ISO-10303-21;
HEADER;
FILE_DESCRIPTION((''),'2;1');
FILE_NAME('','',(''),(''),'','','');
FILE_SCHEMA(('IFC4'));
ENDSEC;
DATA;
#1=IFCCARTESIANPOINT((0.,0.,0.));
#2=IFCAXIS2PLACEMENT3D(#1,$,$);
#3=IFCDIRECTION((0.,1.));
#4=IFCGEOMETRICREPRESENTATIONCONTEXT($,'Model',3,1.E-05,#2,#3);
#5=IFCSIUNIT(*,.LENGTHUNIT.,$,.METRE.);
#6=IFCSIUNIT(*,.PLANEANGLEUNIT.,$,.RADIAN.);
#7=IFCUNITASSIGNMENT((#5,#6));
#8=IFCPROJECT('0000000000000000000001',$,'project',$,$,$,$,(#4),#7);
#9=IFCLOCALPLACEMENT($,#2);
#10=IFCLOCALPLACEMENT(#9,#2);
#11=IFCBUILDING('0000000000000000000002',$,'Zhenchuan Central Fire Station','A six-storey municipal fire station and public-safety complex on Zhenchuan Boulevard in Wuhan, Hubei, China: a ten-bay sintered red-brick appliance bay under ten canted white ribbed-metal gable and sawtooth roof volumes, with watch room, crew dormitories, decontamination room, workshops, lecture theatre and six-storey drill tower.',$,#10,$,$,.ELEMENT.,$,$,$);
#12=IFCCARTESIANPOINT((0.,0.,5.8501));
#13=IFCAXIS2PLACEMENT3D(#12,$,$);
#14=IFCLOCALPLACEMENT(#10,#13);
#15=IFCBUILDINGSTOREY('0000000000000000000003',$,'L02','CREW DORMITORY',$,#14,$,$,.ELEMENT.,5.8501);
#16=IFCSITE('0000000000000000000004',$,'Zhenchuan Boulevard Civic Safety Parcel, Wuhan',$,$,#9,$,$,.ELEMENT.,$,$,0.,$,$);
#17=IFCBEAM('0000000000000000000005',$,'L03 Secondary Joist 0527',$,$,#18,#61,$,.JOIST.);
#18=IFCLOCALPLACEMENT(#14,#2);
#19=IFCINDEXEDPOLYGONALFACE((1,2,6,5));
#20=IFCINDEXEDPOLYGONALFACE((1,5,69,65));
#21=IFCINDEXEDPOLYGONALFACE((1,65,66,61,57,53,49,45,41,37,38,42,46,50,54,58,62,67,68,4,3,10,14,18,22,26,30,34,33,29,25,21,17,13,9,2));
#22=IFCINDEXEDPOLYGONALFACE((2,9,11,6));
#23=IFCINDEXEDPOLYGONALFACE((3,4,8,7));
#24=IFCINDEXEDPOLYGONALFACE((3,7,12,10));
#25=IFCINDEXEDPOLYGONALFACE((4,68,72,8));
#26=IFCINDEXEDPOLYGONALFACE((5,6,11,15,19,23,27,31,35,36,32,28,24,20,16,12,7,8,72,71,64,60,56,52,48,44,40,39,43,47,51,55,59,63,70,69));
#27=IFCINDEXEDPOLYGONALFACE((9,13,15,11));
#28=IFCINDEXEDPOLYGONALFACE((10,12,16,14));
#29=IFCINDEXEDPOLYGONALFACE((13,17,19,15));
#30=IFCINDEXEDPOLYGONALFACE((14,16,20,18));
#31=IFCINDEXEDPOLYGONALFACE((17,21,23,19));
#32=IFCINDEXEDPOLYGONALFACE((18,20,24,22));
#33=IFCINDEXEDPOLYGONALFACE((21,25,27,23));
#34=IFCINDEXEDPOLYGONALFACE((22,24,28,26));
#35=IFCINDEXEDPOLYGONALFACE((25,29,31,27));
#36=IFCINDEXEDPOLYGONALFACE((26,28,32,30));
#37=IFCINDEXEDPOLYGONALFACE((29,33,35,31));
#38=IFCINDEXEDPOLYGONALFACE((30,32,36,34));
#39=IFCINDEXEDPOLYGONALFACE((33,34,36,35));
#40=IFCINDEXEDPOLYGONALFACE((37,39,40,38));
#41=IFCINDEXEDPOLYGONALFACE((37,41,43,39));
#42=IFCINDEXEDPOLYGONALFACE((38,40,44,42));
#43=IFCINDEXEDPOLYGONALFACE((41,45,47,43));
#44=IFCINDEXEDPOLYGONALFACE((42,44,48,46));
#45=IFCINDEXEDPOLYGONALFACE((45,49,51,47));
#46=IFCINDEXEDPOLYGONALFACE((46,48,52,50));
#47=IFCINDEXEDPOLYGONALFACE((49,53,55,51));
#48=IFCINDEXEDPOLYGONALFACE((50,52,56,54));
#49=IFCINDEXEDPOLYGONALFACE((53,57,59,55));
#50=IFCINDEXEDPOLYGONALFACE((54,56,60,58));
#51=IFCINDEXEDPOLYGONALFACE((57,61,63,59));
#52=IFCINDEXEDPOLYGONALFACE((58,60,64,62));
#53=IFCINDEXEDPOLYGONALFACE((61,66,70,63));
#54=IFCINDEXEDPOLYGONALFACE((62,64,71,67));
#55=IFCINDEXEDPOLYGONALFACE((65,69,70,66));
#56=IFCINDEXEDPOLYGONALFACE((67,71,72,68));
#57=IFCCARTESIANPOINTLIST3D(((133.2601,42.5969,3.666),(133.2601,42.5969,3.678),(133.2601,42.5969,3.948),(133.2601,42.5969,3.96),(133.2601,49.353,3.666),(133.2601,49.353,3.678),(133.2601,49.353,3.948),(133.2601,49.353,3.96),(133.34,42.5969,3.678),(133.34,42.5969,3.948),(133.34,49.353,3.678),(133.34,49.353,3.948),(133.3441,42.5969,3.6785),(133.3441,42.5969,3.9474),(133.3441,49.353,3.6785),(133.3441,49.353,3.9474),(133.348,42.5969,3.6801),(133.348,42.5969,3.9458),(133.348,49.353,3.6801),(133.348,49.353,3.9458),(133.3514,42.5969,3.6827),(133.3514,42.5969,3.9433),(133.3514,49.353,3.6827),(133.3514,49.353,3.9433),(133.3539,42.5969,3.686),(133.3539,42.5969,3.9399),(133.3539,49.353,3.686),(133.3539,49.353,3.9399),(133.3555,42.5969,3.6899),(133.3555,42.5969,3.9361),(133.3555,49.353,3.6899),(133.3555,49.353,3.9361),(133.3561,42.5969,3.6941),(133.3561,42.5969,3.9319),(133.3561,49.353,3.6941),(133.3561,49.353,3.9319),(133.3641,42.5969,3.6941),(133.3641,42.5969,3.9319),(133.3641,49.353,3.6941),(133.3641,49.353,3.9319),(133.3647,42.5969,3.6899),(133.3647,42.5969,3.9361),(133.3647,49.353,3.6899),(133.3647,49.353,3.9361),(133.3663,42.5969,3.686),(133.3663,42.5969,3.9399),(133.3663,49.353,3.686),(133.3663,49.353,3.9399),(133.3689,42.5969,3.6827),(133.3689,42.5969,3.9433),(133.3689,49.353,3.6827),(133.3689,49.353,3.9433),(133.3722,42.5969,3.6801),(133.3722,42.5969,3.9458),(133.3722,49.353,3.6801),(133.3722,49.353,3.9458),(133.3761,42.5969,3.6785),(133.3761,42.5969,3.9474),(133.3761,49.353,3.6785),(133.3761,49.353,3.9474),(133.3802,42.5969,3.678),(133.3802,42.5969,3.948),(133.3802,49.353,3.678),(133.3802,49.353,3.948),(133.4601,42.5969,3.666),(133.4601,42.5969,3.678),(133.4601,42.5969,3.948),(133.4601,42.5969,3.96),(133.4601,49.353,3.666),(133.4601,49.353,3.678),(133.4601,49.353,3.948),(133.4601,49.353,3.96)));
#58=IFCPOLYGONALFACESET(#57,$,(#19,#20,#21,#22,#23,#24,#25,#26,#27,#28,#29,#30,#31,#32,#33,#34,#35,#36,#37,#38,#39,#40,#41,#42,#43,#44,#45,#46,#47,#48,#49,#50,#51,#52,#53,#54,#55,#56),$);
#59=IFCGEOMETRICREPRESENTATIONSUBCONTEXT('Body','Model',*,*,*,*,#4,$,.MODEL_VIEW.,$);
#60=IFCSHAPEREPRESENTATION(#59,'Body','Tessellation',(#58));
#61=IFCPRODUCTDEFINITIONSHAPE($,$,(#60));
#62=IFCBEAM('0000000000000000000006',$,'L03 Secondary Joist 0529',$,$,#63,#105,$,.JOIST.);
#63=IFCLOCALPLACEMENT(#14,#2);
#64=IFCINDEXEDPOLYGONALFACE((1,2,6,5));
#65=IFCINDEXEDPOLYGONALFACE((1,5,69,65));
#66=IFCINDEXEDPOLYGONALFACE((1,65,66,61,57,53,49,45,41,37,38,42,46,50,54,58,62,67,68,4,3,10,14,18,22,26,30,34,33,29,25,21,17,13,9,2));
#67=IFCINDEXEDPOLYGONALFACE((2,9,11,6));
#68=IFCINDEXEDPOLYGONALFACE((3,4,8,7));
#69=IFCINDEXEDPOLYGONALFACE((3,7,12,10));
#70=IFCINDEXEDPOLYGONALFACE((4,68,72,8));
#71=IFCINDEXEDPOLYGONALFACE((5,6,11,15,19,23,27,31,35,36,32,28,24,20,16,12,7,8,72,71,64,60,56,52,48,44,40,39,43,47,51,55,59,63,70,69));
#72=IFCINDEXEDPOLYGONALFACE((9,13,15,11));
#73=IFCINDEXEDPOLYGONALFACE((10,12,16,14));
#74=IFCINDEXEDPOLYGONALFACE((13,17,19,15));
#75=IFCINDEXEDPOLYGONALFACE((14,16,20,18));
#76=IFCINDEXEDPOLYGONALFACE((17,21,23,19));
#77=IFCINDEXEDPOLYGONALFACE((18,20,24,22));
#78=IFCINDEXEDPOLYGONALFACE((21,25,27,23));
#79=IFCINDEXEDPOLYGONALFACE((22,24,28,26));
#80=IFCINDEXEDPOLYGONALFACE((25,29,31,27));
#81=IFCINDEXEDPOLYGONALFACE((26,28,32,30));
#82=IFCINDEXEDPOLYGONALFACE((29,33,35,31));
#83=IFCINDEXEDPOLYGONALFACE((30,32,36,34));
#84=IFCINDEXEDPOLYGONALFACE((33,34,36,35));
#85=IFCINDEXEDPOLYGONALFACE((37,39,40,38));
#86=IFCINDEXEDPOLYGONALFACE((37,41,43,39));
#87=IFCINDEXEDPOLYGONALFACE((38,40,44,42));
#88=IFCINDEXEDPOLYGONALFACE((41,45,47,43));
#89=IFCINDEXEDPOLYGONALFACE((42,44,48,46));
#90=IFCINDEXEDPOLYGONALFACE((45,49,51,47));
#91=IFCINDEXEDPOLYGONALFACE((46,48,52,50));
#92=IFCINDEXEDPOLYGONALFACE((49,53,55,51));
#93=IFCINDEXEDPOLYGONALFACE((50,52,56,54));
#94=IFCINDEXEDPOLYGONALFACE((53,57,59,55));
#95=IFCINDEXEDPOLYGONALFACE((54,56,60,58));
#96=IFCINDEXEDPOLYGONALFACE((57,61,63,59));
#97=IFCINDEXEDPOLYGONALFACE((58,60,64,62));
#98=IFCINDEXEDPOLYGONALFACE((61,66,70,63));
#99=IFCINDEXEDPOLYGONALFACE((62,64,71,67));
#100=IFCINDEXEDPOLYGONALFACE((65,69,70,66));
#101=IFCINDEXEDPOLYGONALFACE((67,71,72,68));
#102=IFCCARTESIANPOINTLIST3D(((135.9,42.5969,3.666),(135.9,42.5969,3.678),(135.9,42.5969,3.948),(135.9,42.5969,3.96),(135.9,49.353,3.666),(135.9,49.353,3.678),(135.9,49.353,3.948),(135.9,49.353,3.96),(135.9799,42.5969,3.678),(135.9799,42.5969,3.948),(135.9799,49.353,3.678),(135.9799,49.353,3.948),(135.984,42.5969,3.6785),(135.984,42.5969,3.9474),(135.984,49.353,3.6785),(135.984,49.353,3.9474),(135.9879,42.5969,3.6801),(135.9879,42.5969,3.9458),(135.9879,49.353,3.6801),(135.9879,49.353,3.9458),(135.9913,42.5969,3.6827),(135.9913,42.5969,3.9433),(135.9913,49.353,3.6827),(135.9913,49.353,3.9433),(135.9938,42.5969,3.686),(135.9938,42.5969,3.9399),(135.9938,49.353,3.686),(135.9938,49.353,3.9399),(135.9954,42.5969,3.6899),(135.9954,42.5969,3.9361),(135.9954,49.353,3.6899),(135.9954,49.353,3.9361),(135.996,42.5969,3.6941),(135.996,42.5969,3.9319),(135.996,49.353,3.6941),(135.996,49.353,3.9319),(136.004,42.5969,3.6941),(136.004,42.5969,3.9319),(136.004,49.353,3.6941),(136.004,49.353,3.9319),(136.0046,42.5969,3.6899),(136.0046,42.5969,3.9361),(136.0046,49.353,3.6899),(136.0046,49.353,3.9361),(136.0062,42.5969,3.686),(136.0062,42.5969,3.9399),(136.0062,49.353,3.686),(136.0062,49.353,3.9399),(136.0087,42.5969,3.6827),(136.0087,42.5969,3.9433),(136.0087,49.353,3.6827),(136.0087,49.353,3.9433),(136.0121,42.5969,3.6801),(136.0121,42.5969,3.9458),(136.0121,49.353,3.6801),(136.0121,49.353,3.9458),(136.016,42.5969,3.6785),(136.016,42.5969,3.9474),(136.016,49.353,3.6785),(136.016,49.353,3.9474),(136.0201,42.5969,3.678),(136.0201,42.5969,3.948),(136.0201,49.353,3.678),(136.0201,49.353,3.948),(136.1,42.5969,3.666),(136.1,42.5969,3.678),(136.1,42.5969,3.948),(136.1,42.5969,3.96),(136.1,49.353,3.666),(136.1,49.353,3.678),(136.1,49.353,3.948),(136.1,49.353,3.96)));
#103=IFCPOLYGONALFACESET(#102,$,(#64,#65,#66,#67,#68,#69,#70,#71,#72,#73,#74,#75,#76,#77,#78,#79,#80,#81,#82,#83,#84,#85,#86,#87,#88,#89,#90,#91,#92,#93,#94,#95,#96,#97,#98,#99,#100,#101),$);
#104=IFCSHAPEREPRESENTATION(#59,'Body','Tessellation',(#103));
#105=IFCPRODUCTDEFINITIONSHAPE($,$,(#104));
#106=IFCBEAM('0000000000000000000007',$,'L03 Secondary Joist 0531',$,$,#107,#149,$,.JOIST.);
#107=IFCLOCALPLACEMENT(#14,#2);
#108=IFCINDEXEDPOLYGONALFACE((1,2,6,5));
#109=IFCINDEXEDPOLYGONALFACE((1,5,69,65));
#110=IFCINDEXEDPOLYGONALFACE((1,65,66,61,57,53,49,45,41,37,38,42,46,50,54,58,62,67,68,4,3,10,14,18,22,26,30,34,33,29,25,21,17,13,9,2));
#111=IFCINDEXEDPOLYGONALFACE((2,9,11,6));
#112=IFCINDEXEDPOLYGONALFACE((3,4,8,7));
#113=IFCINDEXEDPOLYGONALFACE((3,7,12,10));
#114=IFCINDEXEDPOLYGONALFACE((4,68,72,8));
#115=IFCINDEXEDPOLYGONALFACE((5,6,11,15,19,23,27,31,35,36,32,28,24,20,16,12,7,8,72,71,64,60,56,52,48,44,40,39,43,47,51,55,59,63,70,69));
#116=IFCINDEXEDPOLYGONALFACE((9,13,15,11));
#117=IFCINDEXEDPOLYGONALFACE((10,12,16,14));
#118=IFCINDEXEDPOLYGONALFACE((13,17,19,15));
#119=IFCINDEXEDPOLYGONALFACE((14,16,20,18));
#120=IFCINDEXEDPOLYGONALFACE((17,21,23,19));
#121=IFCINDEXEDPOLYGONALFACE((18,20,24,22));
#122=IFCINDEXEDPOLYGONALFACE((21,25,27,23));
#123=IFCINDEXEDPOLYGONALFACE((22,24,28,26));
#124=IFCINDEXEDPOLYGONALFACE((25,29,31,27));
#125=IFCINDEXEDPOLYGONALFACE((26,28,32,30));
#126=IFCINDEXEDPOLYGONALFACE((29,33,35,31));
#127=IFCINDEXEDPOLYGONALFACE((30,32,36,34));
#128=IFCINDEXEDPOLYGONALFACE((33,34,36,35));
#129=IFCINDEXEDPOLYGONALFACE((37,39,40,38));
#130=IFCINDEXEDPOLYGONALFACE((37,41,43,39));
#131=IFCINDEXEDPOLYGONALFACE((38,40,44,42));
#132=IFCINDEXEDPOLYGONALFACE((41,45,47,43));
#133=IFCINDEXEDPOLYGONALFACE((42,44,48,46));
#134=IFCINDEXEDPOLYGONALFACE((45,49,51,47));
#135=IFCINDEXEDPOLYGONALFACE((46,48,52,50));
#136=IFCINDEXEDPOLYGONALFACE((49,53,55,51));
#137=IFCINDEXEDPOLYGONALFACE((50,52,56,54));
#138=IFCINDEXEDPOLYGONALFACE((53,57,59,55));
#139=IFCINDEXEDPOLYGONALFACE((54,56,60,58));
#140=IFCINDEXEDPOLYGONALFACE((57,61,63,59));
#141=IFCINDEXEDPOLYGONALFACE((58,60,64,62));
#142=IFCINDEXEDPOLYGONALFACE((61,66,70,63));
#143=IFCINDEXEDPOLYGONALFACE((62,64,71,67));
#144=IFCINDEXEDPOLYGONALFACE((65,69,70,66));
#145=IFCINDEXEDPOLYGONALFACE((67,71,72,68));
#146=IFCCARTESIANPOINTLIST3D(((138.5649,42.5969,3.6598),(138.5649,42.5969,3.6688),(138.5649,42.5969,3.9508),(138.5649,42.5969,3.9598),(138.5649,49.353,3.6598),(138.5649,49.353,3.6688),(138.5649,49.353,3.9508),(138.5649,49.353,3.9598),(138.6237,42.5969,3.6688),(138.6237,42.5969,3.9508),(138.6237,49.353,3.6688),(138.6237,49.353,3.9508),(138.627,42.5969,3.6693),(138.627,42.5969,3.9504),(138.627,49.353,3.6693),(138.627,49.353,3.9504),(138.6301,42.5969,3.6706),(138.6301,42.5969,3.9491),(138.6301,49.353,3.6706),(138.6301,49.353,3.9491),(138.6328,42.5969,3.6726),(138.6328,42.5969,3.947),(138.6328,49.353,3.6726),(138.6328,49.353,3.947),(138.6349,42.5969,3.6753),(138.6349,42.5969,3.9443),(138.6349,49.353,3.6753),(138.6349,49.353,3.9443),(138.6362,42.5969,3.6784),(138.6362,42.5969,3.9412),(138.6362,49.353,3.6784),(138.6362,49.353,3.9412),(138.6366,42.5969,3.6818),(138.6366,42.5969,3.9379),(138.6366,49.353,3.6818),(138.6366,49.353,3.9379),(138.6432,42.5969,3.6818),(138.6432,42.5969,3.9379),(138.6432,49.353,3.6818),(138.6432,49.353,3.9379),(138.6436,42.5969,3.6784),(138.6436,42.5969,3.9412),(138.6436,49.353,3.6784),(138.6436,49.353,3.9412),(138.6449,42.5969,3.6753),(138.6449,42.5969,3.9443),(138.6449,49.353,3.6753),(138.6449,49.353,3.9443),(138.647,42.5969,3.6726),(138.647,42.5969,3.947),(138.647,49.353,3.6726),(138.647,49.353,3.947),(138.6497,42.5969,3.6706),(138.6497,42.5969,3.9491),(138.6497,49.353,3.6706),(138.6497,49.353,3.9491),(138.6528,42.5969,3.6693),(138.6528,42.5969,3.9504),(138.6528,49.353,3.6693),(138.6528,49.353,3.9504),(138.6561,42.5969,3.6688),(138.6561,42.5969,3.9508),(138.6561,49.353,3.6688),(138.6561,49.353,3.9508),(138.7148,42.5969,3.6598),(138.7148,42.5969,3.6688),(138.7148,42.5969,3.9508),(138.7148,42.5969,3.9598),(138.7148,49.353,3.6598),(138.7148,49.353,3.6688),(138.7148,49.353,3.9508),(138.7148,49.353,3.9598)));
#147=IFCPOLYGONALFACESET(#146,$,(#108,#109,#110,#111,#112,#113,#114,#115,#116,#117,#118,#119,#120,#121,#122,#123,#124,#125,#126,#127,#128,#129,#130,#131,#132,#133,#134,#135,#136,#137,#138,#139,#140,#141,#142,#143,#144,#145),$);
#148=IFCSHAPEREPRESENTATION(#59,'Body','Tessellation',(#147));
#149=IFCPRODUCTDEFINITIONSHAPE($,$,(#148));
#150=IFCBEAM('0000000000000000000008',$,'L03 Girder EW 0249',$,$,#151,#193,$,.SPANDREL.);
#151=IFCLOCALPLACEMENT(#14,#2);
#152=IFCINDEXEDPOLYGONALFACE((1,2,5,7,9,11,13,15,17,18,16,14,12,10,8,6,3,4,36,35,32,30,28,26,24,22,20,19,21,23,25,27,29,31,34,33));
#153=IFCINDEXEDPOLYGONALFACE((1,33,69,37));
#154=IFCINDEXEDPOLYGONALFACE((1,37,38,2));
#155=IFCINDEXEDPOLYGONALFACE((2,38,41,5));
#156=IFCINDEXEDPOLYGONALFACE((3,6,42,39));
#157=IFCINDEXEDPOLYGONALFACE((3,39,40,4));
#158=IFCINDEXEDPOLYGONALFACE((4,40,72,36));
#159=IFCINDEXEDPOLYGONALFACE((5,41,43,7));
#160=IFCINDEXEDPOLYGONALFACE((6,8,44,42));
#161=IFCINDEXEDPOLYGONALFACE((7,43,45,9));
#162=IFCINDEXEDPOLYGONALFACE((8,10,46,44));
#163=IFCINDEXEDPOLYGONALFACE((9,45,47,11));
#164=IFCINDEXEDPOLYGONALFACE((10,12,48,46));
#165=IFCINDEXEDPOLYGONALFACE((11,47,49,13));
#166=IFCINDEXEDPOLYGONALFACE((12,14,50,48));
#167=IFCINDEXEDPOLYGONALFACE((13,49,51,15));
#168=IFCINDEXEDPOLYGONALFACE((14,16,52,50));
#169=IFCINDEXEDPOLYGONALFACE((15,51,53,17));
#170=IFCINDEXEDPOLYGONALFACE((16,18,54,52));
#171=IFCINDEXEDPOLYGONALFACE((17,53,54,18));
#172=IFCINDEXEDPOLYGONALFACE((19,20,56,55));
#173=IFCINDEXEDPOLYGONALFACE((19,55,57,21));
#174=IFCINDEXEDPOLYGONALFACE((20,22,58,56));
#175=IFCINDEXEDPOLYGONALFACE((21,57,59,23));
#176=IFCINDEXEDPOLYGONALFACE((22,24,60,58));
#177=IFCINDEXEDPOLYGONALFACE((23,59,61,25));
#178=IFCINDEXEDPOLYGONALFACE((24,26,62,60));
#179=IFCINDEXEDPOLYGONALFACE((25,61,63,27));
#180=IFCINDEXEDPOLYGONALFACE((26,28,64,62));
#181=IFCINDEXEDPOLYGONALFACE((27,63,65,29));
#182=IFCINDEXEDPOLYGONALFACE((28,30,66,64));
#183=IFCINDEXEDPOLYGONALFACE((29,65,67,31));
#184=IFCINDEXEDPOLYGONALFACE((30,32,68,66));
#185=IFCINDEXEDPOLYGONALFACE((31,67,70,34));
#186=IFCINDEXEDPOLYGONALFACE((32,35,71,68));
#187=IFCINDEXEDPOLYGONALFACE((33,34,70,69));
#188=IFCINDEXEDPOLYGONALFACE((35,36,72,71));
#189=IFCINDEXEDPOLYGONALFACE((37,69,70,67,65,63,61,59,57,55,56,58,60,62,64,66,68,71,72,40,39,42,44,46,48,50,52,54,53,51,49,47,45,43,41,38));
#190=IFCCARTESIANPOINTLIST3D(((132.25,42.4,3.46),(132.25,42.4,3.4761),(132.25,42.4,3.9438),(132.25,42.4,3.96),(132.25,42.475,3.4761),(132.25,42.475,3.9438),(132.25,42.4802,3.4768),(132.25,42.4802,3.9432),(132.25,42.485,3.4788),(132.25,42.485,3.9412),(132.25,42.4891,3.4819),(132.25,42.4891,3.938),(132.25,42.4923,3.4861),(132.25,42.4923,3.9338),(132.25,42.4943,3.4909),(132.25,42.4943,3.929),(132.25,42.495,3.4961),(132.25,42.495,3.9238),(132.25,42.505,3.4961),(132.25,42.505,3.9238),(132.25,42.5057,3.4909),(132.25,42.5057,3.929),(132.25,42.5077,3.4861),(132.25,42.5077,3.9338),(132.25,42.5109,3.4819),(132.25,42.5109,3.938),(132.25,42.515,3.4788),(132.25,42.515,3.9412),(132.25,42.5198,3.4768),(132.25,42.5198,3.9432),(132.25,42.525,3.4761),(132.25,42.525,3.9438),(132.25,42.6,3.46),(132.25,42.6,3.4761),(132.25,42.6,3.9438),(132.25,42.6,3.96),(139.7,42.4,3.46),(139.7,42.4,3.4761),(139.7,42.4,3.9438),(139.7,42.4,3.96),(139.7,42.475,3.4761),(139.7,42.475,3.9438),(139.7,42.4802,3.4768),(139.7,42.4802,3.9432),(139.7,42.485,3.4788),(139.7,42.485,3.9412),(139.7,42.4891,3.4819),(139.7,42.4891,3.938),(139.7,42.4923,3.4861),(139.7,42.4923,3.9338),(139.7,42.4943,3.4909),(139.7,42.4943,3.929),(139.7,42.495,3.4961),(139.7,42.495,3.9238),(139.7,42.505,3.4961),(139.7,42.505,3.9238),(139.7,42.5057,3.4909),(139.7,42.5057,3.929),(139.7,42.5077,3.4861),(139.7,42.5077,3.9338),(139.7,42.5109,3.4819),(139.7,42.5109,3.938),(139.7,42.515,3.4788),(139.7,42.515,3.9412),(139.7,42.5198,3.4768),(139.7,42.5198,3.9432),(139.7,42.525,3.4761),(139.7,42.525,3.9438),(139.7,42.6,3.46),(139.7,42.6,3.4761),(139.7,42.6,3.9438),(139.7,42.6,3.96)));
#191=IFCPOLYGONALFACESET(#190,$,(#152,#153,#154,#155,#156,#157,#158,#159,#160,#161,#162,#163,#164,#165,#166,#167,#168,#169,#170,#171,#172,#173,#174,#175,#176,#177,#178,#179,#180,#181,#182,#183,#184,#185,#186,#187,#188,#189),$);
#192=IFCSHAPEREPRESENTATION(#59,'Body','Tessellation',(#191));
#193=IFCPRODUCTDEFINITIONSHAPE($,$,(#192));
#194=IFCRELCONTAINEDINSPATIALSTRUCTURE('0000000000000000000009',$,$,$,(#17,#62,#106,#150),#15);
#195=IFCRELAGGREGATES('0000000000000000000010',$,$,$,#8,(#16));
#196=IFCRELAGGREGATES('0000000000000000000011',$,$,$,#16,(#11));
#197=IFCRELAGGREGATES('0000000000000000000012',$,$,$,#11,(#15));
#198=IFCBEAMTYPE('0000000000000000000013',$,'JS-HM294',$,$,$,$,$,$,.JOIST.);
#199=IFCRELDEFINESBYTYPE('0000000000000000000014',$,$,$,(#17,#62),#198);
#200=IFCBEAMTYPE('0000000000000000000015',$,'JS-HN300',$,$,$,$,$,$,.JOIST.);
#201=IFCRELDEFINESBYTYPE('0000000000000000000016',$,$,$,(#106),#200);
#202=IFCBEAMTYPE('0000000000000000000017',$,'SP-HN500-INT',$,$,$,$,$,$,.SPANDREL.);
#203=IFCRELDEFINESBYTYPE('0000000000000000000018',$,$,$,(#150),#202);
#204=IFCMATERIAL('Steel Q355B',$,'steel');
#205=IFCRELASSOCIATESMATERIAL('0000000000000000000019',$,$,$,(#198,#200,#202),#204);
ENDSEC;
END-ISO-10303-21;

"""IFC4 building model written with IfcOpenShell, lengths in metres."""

from ifc_helpers import new_model, si_unit, direction, frame, origin, origin_2d, place, context, subcontext, project, spatial, i_section, extrude, material, material_profile, profile_set, type_object, element, save


model = new_model("IFC4")

# Units and contexts
model_context = context("Model", 3, precision=1e-05, world=origin(), true_north=direction((0.0, 1.0)))
body_context = subcontext(model_context, "Body", "Model", "MODEL_VIEW")
ifc_project = project(units=[si_unit("LENGTHUNIT", "METRE"), si_unit("PLANEANGLEUNIT", "RADIAN")], contexts=[model_context])

# Site, building, storey
site_placement = place(None, origin())
site = spatial("IfcSite", under=ifc_project, at=site_placement, Name="Zhenchuan Boulevard Civic Safety Parcel, Wuhan", CompositionType="ELEMENT", RefElevation=0.0)
building_placement = place(site_placement, origin())
building = spatial("IfcBuilding", under=site, at=building_placement, Name="Zhenchuan Central Fire Station", Description="A six-storey municipal fire station and public-safety complex on Zhenchuan Boulevard in Wuhan, Hubei, China: a ten-bay sintered red-brick appliance bay under ten canted white ribbed-metal gable and sawtooth roof volumes, with watch room, crew dormitories, decontamination room, workshops, lecture theatre and six-storey drill tower.", CompositionType="ELEMENT")
storey_placement = place(building_placement, frame((0.0, 0.0, 5.8501)))
storey = spatial("IfcBuildingStorey", under=building, at=storey_placement, Name="L02", Description="CREW DORMITORY", CompositionType="ELEMENT", Elevation=5.8501)

# Shared definitions
ifc_material_1 = material(Name="Steel Q355B", Category="steel")

# Beams
ifc_material_profile_1 = material_profile(ifc_material_1, i_section(OverallWidth=0.2, OverallDepth=0.2939, WebThickness=0.0081, FlangeThickness=0.012, FilletRadius=0.0161, at=origin_2d()), Name="HM 294x200")
ifc_profile_set_1 = profile_set([ifc_material_profile_1], Name="Steel Q355B")
beam_type_1 = type_object("IfcBeamType", Name="JS-HM294", PredefinedType="JOIST", material=ifc_profile_set_1)
for number, where, z_axis, x_axis, name in (
    (1, (133.3601, 42.5969, 3.813), (0.0, 1.0, 0.0), (-1.0, 0.0, 0.0), "L03 Secondary Joist 0527"),
    (2, (136.0, 42.5969, 3.813), (0.0, 1.0, 0.0), (-1.0, 0.0, 0.0), "L03 Secondary Joist 0529"),
):
    element("IfcBeam", number, at=place(storey_placement, frame(where, z_axis=z_axis, x_axis=x_axis)), inside=storey, type_object=beam_type_1, Name=name, PredefinedType="JOIST", context=body_context, shape_type="SweptSolid", body=[
        extrude(i_section(OverallWidth=0.2, OverallDepth=0.2939, WebThickness=0.0081, FlangeThickness=0.012, FilletRadius=0.0161, at=origin_2d()), origin(), (0.0, 0.0, 1.0), 6.7561),
    ])
ifc_material_profile_2 = material_profile(ifc_material_1, i_section(OverallWidth=0.1499, OverallDepth=0.3, WebThickness=0.0066, FlangeThickness=0.009, FilletRadius=0.0129, at=origin_2d()), Name="HN 300x150")
ifc_profile_set_2 = profile_set([ifc_material_profile_2], Name="Steel Q355B")
beam_type_2 = type_object("IfcBeamType", Name="JS-HN300", PredefinedType="JOIST", material=ifc_profile_set_2)
beam_1_placement = place(storey_placement, frame((138.6399, 42.5969, 3.8098), z_axis=(0.0, 1.0, 0.0), x_axis=(-1.0, 0.0, 0.0)))
element("IfcBeam", 3, at=beam_1_placement, inside=storey, type_object=beam_type_2, Name="L03 Secondary Joist 0531", PredefinedType="JOIST", context=body_context, shape_type="SweptSolid", body=[
    extrude(i_section(OverallWidth=0.1499, OverallDepth=0.3, WebThickness=0.0066, FlangeThickness=0.009, FilletRadius=0.0129, at=origin_2d()), origin(), (0.0, 0.0, 1.0), 6.7561),
])
ifc_material_profile_3 = material_profile(ifc_material_1, i_section(OverallWidth=0.2, OverallDepth=0.5, WebThickness=0.01, FlangeThickness=0.0161, FilletRadius=0.02, at=origin_2d()), Name="HN 500x200")
ifc_profile_set_3 = profile_set([ifc_material_profile_3], Name="Steel Q355B")
beam_type_3 = type_object("IfcBeamType", Name="SP-HN500-INT", PredefinedType="SPANDREL", material=ifc_profile_set_3)
beam_2_placement = place(storey_placement, frame((132.25, 42.5, 3.71), z_axis=(1.0, 0.0, 0.0), x_axis=(0.0, 1.0, 0.0)))
element("IfcBeam", 4, at=beam_2_placement, inside=storey, type_object=beam_type_3, Name="L03 Girder EW 0249", PredefinedType="SPANDREL", context=body_context, shape_type="SweptSolid", body=[
    extrude(i_section(OverallWidth=0.2, OverallDepth=0.5, WebThickness=0.01, FlangeThickness=0.0161, FilletRadius=0.02, at=origin_2d()), origin(), (0.0, 0.0, 1.0), 7.45),
])

save(model, "model.ifc")
